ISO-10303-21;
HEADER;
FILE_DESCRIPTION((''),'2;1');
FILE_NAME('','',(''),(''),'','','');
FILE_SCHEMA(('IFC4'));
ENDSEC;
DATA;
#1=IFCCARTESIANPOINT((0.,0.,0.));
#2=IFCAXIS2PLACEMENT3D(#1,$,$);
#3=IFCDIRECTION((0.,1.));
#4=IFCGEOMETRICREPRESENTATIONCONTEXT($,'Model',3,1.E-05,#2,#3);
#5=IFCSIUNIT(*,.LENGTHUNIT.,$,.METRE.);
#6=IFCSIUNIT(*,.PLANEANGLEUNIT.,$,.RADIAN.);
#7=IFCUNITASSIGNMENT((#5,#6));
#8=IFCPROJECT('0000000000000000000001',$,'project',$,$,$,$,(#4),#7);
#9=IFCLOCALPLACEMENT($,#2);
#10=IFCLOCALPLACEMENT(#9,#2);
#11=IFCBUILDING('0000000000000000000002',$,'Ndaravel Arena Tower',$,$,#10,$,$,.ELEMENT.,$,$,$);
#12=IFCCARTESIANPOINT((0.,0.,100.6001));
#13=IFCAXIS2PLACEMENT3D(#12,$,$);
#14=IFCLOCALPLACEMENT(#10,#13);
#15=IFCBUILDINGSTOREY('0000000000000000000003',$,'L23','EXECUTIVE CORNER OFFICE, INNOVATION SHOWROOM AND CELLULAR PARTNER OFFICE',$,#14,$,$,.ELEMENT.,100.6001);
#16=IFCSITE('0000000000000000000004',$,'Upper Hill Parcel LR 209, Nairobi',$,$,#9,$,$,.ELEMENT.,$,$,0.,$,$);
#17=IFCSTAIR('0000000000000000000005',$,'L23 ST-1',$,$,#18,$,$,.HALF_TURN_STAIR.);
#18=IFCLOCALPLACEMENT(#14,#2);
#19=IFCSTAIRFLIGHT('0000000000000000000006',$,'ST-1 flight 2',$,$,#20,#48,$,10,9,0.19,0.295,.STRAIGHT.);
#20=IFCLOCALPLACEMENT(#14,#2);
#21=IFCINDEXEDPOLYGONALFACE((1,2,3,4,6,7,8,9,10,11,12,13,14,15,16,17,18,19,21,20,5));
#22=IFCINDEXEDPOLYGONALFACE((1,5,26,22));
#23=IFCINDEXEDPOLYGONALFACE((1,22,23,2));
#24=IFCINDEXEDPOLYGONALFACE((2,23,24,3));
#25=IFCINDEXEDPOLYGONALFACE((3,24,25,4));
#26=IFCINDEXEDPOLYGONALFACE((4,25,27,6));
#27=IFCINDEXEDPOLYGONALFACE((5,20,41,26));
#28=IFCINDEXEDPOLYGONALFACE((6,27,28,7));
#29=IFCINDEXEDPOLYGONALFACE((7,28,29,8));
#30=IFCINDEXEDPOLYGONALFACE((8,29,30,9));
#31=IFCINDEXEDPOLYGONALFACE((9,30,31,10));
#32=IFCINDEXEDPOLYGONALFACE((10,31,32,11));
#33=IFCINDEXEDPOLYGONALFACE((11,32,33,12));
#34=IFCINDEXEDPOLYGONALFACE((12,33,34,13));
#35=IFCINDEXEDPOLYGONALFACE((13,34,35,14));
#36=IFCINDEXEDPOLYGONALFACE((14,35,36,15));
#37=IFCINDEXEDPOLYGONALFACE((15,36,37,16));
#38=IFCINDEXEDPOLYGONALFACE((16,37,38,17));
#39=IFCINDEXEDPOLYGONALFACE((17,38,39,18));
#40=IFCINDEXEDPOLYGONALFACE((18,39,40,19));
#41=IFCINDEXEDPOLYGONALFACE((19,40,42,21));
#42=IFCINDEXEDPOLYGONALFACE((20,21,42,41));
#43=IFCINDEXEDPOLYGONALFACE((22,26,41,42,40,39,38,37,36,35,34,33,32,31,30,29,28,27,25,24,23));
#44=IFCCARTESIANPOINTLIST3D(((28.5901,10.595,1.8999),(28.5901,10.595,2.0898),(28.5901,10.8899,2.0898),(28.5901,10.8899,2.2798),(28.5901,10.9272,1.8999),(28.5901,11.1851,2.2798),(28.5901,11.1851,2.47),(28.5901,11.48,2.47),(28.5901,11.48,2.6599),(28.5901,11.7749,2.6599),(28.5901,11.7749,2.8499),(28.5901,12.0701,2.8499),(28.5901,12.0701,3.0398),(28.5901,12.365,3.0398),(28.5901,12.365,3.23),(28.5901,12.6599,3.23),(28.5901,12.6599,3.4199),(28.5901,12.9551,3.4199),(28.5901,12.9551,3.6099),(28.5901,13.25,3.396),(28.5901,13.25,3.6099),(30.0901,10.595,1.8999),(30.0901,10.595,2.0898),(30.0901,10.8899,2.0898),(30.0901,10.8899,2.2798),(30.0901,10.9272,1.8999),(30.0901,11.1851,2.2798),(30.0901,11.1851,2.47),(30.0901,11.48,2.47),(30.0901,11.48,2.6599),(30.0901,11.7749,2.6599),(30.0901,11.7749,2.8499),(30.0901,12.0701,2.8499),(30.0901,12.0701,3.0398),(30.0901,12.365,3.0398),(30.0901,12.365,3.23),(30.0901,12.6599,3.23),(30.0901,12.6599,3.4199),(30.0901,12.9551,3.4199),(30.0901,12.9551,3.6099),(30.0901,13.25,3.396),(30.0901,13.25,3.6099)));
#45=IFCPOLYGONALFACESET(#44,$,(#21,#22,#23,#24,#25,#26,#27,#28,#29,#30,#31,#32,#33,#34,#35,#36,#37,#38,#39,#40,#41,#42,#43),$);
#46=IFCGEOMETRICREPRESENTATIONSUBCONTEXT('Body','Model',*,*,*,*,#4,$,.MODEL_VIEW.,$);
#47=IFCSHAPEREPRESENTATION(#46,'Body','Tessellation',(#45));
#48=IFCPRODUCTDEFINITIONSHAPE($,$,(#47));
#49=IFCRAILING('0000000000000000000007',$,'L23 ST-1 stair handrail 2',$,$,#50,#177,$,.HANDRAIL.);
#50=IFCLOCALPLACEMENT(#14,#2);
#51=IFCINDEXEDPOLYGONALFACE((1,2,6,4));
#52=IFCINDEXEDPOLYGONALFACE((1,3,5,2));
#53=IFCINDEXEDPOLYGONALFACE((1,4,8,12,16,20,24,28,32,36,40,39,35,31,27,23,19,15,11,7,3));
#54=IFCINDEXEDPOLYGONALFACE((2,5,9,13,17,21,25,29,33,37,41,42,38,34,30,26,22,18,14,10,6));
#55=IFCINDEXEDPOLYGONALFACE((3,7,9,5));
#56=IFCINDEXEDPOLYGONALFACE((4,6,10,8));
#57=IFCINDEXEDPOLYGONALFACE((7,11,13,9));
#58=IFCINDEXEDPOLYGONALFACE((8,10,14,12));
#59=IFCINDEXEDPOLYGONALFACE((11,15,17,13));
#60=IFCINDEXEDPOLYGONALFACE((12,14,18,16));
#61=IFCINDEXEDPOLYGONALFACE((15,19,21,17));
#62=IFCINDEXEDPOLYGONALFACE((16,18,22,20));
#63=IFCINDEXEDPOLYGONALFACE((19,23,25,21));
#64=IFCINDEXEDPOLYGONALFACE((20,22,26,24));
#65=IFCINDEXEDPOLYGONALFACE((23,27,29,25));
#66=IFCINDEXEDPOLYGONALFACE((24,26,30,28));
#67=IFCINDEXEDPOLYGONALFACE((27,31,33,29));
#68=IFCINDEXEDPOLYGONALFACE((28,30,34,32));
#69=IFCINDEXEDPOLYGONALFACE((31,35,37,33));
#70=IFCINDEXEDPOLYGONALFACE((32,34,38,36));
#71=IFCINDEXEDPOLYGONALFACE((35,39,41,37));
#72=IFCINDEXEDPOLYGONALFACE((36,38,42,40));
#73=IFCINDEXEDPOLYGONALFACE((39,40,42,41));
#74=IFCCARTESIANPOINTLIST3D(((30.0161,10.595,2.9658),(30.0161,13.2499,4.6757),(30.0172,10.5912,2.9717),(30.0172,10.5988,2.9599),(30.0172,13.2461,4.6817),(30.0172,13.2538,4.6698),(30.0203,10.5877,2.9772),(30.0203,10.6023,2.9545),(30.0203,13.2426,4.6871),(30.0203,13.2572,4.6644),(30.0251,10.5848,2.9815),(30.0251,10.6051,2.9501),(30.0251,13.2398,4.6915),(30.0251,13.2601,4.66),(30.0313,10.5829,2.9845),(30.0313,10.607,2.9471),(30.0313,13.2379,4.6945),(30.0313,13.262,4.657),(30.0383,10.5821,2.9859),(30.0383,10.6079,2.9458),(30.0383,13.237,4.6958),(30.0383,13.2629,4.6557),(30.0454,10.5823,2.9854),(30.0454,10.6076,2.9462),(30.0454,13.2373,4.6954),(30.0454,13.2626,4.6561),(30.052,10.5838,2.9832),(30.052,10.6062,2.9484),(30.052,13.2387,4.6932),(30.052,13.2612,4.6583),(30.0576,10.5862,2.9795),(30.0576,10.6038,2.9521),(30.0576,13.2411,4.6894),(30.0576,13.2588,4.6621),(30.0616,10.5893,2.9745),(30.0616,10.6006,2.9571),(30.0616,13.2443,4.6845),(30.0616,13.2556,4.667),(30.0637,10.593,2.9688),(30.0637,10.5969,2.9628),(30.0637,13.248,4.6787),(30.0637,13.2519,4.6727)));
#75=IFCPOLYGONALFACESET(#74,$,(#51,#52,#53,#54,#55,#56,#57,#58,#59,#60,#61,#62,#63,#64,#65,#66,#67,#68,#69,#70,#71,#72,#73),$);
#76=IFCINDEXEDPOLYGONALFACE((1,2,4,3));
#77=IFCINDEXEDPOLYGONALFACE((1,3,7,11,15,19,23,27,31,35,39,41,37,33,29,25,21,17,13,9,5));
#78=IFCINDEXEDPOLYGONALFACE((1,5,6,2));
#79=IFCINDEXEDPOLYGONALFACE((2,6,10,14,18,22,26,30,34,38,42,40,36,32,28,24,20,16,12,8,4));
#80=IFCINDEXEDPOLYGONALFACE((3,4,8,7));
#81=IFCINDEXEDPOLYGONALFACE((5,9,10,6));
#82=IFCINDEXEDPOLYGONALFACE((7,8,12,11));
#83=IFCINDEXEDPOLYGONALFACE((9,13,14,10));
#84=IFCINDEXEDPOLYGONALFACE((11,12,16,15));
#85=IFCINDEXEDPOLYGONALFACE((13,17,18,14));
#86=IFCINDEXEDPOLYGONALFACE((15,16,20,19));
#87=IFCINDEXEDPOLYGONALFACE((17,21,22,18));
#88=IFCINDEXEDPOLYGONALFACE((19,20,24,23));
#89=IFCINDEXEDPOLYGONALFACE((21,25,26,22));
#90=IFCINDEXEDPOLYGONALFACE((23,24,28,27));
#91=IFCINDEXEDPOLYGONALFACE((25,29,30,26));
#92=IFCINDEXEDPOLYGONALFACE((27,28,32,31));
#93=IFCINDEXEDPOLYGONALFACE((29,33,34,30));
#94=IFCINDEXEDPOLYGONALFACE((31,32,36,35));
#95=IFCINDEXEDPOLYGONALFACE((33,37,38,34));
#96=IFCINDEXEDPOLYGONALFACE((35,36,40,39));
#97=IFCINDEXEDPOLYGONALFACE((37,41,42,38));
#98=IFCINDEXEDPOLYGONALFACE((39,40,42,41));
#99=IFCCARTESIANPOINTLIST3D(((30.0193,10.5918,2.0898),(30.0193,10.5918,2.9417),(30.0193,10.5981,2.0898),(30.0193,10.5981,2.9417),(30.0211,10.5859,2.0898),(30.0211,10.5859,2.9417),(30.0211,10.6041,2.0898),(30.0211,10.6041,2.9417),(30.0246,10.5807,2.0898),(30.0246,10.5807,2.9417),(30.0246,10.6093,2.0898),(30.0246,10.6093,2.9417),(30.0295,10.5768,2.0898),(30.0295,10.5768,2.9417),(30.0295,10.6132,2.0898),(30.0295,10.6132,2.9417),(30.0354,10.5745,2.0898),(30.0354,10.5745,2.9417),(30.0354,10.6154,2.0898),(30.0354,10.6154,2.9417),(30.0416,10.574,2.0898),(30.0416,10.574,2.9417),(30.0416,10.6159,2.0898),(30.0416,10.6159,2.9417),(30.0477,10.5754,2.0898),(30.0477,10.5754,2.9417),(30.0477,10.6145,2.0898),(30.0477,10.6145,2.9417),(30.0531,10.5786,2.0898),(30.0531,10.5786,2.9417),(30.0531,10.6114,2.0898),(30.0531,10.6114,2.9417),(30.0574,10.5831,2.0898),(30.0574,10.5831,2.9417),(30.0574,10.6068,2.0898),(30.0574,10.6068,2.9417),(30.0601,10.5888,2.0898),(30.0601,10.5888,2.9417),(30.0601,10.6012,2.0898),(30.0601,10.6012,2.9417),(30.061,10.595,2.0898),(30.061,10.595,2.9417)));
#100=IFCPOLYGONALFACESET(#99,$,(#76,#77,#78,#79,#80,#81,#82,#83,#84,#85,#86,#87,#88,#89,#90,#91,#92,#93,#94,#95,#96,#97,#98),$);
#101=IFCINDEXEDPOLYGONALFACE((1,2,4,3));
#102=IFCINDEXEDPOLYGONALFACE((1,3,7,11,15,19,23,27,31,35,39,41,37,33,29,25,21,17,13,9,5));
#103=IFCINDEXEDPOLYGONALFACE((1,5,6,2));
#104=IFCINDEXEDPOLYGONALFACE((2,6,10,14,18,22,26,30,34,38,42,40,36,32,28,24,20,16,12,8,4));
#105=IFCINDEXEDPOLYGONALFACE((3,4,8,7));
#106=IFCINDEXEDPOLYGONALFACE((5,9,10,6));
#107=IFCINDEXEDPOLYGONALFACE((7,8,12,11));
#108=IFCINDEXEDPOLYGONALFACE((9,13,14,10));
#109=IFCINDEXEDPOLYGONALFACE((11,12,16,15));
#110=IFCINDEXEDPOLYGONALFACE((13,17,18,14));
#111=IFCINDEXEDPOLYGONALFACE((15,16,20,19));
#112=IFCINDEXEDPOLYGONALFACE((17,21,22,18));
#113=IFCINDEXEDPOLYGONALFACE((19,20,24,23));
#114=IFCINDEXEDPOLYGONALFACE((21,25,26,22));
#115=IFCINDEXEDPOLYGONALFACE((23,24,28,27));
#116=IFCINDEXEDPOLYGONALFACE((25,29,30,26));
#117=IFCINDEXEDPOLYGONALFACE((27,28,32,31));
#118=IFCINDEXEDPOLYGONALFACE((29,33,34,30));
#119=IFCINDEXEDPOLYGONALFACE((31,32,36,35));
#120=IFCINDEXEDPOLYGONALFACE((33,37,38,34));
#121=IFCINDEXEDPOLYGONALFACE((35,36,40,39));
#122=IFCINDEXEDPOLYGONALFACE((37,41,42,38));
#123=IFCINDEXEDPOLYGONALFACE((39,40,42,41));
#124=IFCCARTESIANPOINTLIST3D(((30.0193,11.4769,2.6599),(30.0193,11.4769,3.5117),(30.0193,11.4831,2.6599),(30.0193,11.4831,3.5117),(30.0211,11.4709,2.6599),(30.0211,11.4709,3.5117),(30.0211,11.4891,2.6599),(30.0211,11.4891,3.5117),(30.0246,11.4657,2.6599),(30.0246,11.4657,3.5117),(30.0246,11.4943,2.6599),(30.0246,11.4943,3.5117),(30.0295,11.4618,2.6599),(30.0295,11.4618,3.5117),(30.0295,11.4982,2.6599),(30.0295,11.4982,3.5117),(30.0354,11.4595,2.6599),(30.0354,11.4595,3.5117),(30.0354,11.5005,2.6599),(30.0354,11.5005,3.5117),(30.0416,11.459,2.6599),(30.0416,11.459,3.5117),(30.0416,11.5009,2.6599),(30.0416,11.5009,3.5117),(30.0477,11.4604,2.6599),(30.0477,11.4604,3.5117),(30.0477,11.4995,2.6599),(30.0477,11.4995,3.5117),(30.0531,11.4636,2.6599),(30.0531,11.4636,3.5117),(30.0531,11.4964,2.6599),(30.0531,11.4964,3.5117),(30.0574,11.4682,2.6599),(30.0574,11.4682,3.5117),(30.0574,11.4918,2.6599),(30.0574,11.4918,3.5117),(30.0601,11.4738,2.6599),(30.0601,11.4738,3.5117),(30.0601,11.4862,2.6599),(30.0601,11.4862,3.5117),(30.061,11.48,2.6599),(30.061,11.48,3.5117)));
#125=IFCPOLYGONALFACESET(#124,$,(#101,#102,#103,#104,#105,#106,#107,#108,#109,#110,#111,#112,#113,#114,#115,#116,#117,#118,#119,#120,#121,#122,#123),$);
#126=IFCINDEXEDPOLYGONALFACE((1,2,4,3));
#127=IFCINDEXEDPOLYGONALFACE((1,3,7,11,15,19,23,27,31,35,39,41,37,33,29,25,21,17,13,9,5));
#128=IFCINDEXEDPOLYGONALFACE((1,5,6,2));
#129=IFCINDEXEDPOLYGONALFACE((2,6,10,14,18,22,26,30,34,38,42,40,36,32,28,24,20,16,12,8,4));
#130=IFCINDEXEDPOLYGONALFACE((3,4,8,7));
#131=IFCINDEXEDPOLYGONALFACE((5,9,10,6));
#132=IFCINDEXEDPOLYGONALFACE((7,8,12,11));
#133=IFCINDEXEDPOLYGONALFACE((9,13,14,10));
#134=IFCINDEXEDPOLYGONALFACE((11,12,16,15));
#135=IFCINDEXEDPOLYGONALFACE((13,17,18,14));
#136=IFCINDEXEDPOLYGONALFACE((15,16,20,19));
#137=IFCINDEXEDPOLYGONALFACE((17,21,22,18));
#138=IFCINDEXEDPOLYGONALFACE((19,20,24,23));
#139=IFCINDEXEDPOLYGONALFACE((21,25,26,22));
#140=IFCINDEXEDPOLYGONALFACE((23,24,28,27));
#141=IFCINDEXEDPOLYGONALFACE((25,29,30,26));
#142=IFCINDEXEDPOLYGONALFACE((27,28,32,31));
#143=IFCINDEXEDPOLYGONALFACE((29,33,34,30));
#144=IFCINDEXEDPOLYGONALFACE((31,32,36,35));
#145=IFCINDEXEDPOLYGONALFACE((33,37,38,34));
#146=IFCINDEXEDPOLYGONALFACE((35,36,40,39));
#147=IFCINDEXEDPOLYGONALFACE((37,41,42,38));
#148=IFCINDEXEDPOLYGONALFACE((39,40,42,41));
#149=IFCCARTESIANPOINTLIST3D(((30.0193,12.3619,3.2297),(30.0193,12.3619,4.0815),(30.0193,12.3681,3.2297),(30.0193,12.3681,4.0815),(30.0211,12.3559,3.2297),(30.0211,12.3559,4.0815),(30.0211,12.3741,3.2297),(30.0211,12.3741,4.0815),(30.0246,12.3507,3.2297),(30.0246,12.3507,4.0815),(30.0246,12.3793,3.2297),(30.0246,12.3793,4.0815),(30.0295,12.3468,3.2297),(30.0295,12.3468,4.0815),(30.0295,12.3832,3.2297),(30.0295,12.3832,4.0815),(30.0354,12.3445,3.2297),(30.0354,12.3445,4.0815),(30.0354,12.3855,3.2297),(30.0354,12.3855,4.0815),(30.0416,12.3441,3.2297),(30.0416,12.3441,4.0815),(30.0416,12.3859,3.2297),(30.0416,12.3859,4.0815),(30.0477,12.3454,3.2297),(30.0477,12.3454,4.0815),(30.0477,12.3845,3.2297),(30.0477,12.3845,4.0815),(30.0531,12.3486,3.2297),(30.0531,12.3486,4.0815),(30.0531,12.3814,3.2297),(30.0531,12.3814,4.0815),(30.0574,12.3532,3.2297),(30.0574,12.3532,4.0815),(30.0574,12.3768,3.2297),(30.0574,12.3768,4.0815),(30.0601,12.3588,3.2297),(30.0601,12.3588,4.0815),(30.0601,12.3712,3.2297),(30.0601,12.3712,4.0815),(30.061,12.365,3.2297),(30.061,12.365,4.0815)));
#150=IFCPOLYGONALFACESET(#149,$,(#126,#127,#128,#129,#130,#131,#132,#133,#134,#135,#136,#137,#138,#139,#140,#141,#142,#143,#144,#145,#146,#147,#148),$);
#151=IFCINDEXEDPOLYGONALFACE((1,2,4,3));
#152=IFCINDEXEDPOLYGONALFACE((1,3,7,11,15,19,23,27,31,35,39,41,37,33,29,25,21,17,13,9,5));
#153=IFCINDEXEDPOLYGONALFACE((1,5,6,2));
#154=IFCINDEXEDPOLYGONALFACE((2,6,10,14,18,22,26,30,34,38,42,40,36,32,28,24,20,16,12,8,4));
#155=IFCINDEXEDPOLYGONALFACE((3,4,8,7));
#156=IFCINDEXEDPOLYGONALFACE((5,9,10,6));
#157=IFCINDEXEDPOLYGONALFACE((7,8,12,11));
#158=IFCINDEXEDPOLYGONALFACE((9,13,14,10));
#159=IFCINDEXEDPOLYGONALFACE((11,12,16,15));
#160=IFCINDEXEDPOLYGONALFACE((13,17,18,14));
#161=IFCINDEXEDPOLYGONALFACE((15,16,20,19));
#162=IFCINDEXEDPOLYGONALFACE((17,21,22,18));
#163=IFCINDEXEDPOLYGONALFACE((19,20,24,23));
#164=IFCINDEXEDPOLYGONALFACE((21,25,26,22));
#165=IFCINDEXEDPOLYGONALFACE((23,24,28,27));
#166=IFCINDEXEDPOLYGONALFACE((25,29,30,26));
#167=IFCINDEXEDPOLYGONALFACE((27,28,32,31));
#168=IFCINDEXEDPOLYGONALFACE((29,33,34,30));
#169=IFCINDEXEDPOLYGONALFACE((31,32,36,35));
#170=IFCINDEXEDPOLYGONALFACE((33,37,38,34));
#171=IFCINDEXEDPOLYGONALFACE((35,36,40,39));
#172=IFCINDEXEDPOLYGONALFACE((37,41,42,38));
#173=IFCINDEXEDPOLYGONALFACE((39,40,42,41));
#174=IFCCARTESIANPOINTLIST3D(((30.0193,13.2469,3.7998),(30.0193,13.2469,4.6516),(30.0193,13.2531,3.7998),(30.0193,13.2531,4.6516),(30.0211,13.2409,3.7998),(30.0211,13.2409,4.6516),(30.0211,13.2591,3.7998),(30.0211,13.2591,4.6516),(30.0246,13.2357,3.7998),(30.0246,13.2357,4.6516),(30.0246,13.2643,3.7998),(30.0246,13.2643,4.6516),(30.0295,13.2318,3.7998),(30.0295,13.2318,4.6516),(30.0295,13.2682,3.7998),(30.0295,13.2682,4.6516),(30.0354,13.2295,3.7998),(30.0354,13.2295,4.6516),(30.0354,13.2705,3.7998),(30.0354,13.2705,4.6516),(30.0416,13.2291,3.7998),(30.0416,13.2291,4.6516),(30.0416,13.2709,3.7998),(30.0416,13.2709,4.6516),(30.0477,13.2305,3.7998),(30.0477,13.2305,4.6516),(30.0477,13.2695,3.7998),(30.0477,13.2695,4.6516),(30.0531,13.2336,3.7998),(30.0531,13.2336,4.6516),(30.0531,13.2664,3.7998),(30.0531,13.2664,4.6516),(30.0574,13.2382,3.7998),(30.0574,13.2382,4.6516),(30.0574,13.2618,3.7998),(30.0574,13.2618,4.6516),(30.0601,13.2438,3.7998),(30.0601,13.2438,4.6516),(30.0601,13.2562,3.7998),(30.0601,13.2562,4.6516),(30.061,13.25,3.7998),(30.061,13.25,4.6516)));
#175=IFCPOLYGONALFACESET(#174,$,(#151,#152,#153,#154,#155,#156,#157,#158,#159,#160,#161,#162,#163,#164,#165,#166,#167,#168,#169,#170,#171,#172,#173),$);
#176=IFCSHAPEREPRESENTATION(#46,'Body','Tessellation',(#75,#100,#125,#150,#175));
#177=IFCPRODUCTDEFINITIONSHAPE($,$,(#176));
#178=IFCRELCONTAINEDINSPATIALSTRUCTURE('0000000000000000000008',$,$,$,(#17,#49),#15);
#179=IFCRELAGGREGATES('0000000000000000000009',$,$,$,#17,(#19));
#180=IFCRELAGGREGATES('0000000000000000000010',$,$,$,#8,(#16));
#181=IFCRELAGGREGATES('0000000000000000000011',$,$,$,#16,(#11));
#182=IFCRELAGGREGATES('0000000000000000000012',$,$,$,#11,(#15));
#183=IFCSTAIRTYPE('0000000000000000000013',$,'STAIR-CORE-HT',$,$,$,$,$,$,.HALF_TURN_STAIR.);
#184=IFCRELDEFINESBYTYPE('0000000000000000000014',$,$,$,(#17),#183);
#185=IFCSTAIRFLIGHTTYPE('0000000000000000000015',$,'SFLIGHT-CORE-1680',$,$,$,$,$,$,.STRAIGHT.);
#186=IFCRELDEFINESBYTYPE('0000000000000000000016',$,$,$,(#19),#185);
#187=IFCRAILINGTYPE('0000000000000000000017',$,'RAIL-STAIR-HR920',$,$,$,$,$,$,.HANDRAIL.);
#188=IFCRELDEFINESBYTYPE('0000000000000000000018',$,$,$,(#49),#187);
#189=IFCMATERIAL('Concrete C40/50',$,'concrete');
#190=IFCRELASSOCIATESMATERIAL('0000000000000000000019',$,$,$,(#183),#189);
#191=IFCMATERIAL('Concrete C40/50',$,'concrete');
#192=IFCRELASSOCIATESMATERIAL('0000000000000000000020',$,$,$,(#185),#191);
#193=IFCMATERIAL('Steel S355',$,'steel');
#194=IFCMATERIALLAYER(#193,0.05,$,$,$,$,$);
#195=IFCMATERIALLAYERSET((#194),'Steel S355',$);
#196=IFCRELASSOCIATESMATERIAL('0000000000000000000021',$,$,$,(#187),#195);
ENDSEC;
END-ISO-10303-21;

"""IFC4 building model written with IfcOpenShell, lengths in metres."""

from ifc_helpers import new_model, si_unit, direction, frame, origin, origin_2d, place, context, subcontext, project, spatial, polyline, circle, outline, extrude, material, layer, layer_set, type_object, element, aggregate, save


model = new_model("IFC4")

# Units and contexts
model_context = context("Model", 3, precision=1e-05, world=origin(), true_north=direction((0.0, 1.0)))
body_context = subcontext(model_context, "Body", "Model", "MODEL_VIEW")
ifc_project = project(units=[si_unit("LENGTHUNIT", "METRE"), si_unit("PLANEANGLEUNIT", "RADIAN")], contexts=[model_context])

# Site, building, storey
site_placement = place(None, origin())
site = spatial("IfcSite", under=ifc_project, at=site_placement, Name="Upper Hill Parcel LR 209, Nairobi", CompositionType="ELEMENT", RefElevation=0.0)
building_placement = place(site_placement, origin())
building = spatial("IfcBuilding", under=site, at=building_placement, Name="Ndaravel Arena Tower", CompositionType="ELEMENT")
storey_placement = place(building_placement, frame((0.0, 0.0, 100.6001)))
storey = spatial("IfcBuildingStorey", under=building, at=storey_placement, Name="L23", Description="EXECUTIVE CORNER OFFICE, INNOVATION SHOWROOM AND CELLULAR PARTNER OFFICE", CompositionType="ELEMENT", Elevation=100.6001)

# Stair, stair flight
ifc_material_1 = material(Name="Concrete C40/50", Category="concrete")
stair_type = type_object("IfcStairType", Name="STAIR-CORE-HT", PredefinedType="HALF_TURN_STAIR", material=ifc_material_1)
stair_placement = place(storey_placement, origin())
stair = element("IfcStair", 1, at=stair_placement, inside=storey, type_object=stair_type, Name="L23 ST-1", PredefinedType="HALF_TURN_STAIR")
ifc_material_2 = material(Name="Concrete C40/50", Category="concrete")
stair_flight_type = type_object("IfcStairFlightType", Name="SFLIGHT-CORE-1680", PredefinedType="STRAIGHT", material=ifc_material_2)
stair_flight_placement = place(storey_placement, frame((29.3401, 10.595, 1.8999), z_axis=(0.0, 0.0, 1.0), x_axis=(0.0, 1.0, 0.0)))
stair_flight = element("IfcStairFlight", 2, at=stair_flight_placement, type_object=stair_flight_type, Name="ST-1 flight 2", NumberOfRisers=10, NumberOfTreads=9, PredefinedType="STRAIGHT", RiserHeight=0.19, TreadLength=0.295, context=body_context, shape_type="SweptSolid", body=[
    extrude(outline(polyline([(0.0, 0.0), (0.0, 0.1899), (0.2949, 0.1899), (0.2949, 0.3799), (0.5901, 0.3799), (0.5901, 0.5701), (0.885, 0.5701), (0.885, 0.76), (1.1799, 0.76), (1.1799, 0.95), (1.4751, 0.95), (1.4751, 1.1399), (1.77, 1.1399), (1.77, 1.3301), (2.0649, 1.3301), (2.0649, 1.52), (2.3601, 1.52), (2.3601, 1.71), (2.655, 1.71), (2.655, 1.8999), (2.655, 1.4961), (0.3323, 0.0), (0.0, 0.0)])), frame((0.0, 0.75, 0.0), z_axis=(0.0, -1.0, 0.0), x_axis=(1.0, 0.0, 0.0)), (0.0, 0.0, 1.0), 1.5),
])
aggregate(stair, [stair_flight])

# Railing
ifc_material_3 = material(Name="Steel S355", Category="steel")
ifc_layer_1 = layer(ifc_material_3, 0.05)
ifc_layer_set_1 = layer_set([ifc_layer_1], Name="Steel S355")
railing_type_1 = type_object("IfcRailingType", Name="RAIL-STAIR-HR920", PredefinedType="HANDRAIL", material=ifc_layer_set_1)
railing_1_placement = place(storey_placement, frame((30.04, 10.595, 2.0898)))
element("IfcRailing", 3, at=railing_1_placement, inside=storey, type_object=railing_type_1, Name="L23 ST-1 stair handrail 2", PredefinedType="HANDRAIL", context=body_context, shape_type="SweptSolid", body=[
    extrude(circle(Radius=0.0239, at=origin_2d()), frame((0.0, 0.0, 0.876), z_axis=(0.0, 0.840724, 0.541465), x_axis=(-1.0, 0.0, 0.0)), (0.0, 0.0, 1.0), 3.158),
    extrude(circle(Radius=0.021, at=origin_2d()), origin(), (0.0, 0.0, 1.0), 0.8518),
    extrude(circle(Radius=0.021, at=origin_2d()), frame((0.0, 0.885, 0.5701)), (0.0, 0.0, 1.0), 0.8518),
    extrude(circle(Radius=0.021, at=origin_2d()), frame((0.0, 1.77, 1.1399)), (0.0, 0.0, 1.0), 0.8518),
    extrude(circle(Radius=0.021, at=origin_2d()), frame((0.0, 2.655, 1.71)), (0.0, 0.0, 1.0), 0.8518),
])

save(model, "model.ifc")
